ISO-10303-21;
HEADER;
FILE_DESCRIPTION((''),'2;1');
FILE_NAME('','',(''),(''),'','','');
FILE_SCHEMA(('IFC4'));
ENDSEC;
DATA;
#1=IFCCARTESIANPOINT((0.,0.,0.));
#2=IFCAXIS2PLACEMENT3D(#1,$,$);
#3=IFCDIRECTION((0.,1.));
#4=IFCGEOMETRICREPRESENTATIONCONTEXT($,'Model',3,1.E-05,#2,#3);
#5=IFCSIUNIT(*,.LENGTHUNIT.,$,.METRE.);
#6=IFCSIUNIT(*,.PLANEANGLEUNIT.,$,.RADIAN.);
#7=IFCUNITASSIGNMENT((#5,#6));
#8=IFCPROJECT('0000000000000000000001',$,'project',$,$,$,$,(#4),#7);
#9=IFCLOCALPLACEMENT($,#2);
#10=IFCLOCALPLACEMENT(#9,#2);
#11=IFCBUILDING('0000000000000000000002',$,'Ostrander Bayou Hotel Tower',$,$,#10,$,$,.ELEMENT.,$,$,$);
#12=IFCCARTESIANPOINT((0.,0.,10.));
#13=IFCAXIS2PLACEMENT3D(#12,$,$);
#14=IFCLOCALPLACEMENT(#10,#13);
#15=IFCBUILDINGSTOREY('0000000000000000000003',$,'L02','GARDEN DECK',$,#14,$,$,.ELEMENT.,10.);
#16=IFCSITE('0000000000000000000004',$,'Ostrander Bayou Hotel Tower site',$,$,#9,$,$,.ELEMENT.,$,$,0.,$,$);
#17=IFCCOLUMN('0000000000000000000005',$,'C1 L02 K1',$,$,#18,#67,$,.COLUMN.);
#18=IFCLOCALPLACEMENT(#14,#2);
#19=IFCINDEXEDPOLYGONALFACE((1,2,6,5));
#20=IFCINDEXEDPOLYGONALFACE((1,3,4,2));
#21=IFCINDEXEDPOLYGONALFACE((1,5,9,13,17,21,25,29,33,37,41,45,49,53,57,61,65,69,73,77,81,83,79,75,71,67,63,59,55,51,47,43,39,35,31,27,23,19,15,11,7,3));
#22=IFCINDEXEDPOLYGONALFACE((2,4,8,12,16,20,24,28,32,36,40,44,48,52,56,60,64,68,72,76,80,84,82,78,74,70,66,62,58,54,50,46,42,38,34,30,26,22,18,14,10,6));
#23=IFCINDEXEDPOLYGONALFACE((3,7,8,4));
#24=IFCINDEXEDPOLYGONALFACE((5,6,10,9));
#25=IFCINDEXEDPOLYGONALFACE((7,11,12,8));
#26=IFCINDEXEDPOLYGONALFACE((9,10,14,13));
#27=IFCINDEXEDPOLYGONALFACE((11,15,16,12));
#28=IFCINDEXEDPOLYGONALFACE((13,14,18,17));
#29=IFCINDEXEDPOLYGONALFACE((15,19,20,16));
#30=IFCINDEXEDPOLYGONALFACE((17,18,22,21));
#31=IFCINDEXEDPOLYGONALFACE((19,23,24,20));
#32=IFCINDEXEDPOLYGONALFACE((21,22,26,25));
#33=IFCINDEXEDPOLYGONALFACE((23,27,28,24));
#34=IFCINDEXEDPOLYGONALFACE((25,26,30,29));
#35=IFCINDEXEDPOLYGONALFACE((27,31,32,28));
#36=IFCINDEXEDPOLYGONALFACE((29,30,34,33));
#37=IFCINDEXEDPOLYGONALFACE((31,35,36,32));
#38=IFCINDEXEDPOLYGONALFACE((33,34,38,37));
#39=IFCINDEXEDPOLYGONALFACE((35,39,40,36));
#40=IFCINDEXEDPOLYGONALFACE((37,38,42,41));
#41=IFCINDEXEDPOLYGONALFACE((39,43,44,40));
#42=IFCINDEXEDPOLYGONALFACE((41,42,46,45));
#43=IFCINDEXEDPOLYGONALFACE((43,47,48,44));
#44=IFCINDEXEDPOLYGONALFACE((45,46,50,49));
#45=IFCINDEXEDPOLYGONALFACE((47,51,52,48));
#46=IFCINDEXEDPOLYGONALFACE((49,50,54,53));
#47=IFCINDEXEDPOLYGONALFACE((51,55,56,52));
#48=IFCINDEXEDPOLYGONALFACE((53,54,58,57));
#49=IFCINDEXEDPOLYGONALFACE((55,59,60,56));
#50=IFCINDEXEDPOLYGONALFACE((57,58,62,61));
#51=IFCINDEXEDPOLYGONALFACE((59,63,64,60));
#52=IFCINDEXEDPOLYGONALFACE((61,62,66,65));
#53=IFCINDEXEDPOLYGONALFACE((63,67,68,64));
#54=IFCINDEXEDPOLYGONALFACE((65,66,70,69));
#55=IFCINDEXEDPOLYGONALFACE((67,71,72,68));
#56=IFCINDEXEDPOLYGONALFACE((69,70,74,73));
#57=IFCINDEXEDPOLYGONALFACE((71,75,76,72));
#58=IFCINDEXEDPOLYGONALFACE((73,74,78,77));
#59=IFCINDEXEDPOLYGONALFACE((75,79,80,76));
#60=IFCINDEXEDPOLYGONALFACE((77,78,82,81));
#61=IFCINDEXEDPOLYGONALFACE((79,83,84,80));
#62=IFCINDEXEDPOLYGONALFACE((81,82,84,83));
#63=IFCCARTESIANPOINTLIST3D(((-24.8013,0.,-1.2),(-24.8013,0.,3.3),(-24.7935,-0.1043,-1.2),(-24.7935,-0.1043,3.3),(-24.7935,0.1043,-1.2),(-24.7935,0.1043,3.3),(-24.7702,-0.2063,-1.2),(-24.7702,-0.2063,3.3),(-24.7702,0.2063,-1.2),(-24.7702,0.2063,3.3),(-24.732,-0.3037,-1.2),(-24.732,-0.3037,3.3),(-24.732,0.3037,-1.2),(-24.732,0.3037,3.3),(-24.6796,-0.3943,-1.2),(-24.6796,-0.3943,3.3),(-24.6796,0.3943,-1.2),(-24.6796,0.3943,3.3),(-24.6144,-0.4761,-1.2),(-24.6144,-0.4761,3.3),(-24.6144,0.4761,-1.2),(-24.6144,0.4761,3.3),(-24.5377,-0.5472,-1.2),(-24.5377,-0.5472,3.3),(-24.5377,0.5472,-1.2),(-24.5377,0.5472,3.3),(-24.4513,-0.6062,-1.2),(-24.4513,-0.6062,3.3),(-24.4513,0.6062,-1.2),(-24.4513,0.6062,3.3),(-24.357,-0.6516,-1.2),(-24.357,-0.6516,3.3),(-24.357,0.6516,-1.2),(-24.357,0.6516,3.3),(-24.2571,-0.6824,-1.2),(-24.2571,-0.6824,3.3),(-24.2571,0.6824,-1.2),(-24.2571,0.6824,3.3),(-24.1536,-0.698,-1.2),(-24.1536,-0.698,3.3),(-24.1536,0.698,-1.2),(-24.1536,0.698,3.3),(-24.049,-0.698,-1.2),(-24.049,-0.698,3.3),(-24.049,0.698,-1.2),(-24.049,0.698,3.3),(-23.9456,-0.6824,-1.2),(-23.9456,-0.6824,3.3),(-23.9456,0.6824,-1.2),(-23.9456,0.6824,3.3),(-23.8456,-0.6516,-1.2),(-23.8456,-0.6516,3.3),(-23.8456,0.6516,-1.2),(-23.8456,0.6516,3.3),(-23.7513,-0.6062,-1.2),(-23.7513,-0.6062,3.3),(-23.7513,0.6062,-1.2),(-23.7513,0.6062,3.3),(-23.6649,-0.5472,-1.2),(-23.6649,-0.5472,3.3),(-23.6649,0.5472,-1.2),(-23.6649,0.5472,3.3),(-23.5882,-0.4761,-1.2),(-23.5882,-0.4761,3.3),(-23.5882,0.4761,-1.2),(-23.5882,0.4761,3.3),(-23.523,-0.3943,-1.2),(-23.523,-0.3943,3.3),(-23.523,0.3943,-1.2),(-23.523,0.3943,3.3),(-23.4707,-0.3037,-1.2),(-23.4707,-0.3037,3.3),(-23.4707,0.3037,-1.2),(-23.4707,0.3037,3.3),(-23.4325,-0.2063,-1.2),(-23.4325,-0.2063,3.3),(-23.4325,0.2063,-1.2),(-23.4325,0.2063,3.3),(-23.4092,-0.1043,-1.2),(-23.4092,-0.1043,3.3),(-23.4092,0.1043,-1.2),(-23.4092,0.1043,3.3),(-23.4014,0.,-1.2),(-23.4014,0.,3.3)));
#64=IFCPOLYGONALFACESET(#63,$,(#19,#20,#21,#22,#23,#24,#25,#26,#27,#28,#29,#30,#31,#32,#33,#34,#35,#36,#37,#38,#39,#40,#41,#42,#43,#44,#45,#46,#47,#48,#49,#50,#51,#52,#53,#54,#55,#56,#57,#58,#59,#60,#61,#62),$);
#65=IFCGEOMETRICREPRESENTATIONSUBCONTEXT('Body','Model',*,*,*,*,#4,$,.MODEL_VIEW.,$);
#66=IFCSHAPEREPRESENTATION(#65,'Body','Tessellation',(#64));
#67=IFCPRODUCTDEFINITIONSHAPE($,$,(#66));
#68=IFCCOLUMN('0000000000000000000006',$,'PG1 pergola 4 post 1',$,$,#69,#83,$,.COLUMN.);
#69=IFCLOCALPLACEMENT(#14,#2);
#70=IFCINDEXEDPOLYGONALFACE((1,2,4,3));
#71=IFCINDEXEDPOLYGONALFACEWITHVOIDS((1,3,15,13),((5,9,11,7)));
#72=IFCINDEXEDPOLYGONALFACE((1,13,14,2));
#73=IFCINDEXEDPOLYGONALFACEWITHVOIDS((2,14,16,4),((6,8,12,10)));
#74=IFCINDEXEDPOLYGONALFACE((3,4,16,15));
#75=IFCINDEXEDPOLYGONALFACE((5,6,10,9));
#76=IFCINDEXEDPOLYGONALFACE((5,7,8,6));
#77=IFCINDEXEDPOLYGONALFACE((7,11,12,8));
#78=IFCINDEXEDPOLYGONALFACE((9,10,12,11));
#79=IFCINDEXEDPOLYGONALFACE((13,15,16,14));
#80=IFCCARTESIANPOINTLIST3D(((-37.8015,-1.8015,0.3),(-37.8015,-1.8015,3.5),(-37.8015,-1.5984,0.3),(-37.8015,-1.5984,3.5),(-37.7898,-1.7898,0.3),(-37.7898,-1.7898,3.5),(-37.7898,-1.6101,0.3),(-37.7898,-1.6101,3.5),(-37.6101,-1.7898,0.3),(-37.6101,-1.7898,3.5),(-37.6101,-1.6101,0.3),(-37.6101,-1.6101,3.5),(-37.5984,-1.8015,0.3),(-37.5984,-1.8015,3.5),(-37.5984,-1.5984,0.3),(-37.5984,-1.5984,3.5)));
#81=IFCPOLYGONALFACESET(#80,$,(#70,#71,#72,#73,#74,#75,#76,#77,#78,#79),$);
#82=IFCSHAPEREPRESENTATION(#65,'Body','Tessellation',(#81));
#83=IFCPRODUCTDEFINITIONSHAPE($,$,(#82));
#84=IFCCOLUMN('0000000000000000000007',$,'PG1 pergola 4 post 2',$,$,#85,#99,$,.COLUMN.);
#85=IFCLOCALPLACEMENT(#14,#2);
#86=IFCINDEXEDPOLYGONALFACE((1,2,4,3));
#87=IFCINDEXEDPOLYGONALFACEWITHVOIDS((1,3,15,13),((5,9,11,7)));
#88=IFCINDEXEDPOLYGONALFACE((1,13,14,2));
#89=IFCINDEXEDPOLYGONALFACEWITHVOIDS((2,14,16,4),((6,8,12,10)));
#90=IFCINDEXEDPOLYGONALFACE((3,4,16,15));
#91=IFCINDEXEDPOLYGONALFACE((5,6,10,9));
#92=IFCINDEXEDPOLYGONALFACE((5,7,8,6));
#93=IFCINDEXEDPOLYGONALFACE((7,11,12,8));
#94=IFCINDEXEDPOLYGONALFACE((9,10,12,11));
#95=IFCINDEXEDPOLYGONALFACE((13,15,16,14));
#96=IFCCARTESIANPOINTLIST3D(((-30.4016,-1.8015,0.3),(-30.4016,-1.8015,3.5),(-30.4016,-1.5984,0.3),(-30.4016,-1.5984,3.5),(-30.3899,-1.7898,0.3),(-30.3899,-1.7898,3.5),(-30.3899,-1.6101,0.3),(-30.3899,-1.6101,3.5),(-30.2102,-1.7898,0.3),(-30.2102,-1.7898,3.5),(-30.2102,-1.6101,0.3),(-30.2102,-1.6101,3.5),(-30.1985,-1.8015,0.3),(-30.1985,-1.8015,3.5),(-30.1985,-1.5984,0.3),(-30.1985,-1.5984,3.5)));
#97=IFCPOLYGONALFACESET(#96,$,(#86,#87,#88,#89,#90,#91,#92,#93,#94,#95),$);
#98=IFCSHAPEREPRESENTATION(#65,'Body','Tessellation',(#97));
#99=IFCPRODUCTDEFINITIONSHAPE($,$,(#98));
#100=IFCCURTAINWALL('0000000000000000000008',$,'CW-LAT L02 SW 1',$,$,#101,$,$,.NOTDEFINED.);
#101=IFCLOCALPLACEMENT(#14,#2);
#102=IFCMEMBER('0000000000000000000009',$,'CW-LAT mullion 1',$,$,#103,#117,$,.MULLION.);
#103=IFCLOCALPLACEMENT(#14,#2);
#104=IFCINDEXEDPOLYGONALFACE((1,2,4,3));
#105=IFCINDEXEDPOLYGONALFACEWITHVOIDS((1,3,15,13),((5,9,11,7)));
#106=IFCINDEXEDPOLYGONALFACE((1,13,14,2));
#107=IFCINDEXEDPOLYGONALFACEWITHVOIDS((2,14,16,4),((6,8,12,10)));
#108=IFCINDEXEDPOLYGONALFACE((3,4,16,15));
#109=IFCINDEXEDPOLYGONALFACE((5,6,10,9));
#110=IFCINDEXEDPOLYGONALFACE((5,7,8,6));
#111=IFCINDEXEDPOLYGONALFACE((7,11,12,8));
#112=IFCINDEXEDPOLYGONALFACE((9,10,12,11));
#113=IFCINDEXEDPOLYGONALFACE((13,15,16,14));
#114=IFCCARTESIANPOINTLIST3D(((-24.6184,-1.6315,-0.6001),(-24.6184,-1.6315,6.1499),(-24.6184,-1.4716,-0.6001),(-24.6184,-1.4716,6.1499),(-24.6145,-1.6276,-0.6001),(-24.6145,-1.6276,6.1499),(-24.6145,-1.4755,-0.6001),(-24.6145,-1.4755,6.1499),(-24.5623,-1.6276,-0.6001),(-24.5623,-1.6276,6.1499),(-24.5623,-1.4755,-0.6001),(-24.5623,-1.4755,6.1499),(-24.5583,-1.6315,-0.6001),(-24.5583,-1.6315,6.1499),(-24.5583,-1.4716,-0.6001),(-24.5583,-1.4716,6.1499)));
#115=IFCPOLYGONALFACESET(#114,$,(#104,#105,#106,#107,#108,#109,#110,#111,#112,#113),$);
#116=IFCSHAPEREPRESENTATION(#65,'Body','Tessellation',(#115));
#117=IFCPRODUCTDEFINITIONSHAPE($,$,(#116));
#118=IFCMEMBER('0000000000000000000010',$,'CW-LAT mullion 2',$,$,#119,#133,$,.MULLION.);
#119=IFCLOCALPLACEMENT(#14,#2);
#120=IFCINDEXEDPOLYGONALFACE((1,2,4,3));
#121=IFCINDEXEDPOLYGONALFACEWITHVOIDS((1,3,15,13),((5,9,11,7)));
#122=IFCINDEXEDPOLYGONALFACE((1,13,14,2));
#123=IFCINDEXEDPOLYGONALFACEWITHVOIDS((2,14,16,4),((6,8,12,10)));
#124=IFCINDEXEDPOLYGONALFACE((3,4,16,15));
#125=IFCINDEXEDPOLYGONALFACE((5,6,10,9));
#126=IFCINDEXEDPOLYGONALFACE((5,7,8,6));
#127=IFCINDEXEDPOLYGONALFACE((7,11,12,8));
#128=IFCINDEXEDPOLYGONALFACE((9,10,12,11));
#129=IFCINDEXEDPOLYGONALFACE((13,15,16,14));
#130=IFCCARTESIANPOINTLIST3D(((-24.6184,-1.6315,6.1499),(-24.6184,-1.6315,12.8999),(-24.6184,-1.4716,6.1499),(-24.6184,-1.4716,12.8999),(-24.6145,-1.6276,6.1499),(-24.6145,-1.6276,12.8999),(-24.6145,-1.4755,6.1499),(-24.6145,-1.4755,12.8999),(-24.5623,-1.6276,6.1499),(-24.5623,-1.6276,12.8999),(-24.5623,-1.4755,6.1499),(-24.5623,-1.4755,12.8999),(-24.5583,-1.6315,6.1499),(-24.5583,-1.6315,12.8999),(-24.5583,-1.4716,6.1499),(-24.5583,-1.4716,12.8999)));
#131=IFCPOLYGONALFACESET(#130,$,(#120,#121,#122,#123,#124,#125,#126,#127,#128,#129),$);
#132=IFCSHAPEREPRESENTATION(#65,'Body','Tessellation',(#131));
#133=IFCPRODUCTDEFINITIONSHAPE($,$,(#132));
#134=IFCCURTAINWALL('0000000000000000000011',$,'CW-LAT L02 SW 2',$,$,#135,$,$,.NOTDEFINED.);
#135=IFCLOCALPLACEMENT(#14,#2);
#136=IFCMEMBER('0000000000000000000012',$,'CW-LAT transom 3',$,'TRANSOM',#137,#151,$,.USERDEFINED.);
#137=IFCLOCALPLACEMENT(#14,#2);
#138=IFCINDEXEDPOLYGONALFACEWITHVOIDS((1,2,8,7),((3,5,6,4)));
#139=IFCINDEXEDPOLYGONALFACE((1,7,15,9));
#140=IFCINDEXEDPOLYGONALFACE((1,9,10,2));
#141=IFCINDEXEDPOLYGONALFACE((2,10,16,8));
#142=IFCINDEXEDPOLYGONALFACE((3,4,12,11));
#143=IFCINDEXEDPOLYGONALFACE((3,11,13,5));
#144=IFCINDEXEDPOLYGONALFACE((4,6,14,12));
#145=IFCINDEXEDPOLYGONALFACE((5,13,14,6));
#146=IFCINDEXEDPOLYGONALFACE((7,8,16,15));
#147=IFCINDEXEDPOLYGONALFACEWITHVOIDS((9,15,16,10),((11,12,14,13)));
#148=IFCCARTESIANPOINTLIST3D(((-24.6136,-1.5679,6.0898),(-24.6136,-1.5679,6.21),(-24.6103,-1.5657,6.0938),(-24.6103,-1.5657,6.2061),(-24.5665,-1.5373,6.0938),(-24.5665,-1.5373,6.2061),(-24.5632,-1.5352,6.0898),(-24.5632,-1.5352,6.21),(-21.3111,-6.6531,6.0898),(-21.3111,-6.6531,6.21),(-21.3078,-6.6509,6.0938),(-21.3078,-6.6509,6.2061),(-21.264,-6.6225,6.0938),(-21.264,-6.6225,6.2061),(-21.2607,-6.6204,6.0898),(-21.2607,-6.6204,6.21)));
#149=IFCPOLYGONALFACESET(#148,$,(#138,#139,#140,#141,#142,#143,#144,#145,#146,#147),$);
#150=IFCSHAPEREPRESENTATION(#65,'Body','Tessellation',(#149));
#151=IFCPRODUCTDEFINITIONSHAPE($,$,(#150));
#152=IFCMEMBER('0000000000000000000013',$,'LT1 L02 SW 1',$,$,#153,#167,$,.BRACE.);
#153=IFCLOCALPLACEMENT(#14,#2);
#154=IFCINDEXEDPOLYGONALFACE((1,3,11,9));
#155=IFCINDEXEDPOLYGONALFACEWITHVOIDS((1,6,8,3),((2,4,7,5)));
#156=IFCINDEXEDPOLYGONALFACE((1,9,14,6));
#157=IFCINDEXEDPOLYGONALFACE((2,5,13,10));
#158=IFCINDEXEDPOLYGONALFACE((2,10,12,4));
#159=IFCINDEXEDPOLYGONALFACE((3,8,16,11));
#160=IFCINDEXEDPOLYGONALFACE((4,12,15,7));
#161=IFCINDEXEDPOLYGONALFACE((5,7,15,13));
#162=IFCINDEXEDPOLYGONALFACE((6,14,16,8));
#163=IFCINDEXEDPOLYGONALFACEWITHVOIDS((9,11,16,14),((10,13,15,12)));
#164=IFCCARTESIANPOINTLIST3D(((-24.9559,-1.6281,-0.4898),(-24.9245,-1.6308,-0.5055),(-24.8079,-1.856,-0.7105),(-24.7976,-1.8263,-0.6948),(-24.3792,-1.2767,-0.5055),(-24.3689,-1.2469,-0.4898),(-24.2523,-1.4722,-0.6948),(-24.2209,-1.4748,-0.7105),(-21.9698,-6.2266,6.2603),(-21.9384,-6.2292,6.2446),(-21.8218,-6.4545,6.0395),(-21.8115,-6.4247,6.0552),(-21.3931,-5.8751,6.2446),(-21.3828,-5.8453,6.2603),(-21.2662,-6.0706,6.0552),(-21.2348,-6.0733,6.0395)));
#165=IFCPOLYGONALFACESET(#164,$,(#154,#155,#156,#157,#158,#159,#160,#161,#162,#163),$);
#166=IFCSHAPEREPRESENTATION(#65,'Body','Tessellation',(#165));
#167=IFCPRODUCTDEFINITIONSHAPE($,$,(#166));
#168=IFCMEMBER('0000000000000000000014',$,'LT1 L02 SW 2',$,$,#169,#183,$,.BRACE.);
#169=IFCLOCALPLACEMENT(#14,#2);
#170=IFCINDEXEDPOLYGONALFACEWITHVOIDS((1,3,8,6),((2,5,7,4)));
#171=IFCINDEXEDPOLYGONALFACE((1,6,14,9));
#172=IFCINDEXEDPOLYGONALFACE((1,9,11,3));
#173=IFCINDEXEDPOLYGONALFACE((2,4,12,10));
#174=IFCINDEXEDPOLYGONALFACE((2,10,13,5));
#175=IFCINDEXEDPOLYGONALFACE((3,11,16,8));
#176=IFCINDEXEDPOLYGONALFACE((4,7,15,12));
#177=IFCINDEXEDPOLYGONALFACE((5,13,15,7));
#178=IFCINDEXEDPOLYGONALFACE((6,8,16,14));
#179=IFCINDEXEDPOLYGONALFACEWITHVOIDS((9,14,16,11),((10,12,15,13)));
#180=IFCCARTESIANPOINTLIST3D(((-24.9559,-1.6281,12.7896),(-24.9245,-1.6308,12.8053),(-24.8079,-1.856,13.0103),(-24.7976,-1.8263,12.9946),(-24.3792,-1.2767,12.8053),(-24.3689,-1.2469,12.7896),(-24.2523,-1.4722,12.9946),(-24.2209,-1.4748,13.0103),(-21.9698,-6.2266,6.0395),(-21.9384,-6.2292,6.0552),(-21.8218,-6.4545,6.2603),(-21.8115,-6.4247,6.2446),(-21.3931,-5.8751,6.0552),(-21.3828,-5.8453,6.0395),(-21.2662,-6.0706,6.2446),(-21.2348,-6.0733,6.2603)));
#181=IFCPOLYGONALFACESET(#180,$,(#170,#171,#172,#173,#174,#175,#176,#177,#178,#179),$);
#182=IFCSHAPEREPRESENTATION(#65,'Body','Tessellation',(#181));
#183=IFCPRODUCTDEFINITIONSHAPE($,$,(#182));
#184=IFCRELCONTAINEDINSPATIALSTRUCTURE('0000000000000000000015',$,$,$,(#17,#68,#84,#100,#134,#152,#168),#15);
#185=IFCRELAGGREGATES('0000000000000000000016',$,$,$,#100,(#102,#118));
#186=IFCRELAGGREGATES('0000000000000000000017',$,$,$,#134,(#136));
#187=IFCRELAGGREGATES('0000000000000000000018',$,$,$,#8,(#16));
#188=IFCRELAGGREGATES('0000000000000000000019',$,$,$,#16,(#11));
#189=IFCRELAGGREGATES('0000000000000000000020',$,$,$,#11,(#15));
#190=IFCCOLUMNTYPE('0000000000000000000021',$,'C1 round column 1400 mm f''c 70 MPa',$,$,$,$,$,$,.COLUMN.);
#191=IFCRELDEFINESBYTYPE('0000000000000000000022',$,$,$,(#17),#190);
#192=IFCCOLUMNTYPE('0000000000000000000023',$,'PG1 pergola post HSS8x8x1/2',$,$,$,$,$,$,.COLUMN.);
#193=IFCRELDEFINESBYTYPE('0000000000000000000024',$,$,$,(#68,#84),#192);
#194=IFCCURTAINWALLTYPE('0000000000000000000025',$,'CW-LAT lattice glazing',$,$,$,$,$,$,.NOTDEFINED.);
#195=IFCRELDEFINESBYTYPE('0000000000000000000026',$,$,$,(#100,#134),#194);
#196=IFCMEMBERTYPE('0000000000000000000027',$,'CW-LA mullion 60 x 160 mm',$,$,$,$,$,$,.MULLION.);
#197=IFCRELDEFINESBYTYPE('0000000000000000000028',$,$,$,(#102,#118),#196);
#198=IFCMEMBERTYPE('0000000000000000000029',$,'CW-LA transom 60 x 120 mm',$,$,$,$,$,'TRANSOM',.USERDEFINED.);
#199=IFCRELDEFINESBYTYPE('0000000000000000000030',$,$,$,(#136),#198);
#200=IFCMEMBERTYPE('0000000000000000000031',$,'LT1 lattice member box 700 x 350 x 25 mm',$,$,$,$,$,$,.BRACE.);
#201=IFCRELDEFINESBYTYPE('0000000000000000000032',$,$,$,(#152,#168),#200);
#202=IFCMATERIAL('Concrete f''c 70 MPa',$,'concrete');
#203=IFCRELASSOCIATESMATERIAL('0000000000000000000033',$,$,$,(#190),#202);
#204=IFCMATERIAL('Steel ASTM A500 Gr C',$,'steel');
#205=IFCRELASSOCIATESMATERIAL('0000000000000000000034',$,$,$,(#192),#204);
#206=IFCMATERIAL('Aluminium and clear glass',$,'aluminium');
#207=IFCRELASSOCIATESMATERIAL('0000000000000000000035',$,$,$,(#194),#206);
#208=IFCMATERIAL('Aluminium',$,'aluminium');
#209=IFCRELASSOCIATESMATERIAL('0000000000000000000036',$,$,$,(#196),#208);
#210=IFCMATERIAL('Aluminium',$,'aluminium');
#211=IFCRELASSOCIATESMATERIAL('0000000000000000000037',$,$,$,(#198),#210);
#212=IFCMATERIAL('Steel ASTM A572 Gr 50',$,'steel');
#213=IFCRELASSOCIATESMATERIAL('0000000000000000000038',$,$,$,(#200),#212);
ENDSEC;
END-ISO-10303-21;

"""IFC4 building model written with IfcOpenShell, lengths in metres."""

from ifc_helpers import new_model, si_unit, direction, frame, origin, origin_2d, place, context, subcontext, project, spatial, hollow_rectangle, circle, extrude, material, material_profile, profile_set, type_object, element, aggregate, save


model = new_model("IFC4")

# Units and contexts
model_context = context("Model", 3, precision=1e-05, world=origin(), true_north=direction((0.0, 1.0)))
body_context = subcontext(model_context, "Body", "Model", "MODEL_VIEW")
ifc_project = project(units=[si_unit("LENGTHUNIT", "METRE"), si_unit("PLANEANGLEUNIT", "RADIAN")], contexts=[model_context])

# Site, building, storey
site_placement = place(None, origin())
site = spatial("IfcSite", under=ifc_project, at=site_placement, Name="Ostrander Bayou Hotel Tower site", CompositionType="ELEMENT", RefElevation=0.0)
building_placement = place(site_placement, origin())
building = spatial("IfcBuilding", under=site, at=building_placement, Name="Ostrander Bayou Hotel Tower", CompositionType="ELEMENT")
storey_placement = place(building_placement, frame((0.0, 0.0, 10.0)))
storey = spatial("IfcBuildingStorey", under=building, at=storey_placement, Name="L02", Description="GARDEN DECK", CompositionType="ELEMENT", Elevation=10.0)

# Columns
ifc_material_1 = material(Name="Concrete f'c 70 MPa", Category="concrete")
ifc_material_profile_1 = material_profile(ifc_material_1, circle(Radius=0.7, at=origin_2d()))
ifc_profile_set_1 = profile_set([ifc_material_profile_1], Name="Concrete f'c 70 MPa")
column_type_1 = type_object("IfcColumnType", Name="C1 round column 1400 mm f'c 70 MPa", PredefinedType="COLUMN", material=ifc_profile_set_1)
column_placement = place(storey_placement, frame((-24.1013, 0.0, -1.2), z_axis=(0.0, 0.0, 1.0), x_axis=(1.0, 0.0, 0.0)))
element("IfcColumn", 1, at=column_placement, inside=storey, type_object=column_type_1, Name="C1 L02 K1", PredefinedType="COLUMN", context=body_context, shape_type="SweptSolid", body=[
    extrude(circle(Radius=0.7, at=origin_2d()), origin(), (0.0, 0.0, 1.0), 4.5),
])
ifc_material_2 = material(Name="Steel ASTM A500 Gr C", Category="steel")
ifc_material_profile_2 = material_profile(ifc_material_2, hollow_rectangle(XDim=0.2031, YDim=0.2031, WallThickness=0.0117, at=origin_2d()))
ifc_profile_set_2 = profile_set([ifc_material_profile_2], Name="Steel ASTM A500 Gr C")
column_type_2 = type_object("IfcColumnType", Name="PG1 pergola post HSS8x8x1/2", PredefinedType="COLUMN", material=ifc_profile_set_2)
for number, where, z_axis, x_axis, name in (
    (2, (-37.7, -1.7, 0.3), (0.0, 0.0, 1.0), (1.0, 0.0, 0.0), "PG1 pergola 4 post 1"),
    (3, (-30.3, -1.7, 0.3), (0.0, 0.0, 1.0), (1.0, 0.0, 0.0), "PG1 pergola 4 post 2"),
):
    element("IfcColumn", number, at=place(storey_placement, frame(where, z_axis=z_axis, x_axis=x_axis)), inside=storey, type_object=column_type_2, Name=name, PredefinedType="COLUMN", context=body_context, shape_type="SweptSolid", body=[
        extrude(hollow_rectangle(XDim=0.2031, YDim=0.2031, WallThickness=0.0117, at=origin_2d()), origin(), (0.0, 0.0, 1.0), 3.2),
    ])

# Curtain wall, members
ifc_material_3 = material(Name="Aluminium and clear glass", Category="aluminium")
curtain_wall_type = type_object("IfcCurtainWallType", Name="CW-LAT lattice glazing", PredefinedType="NOTDEFINED", material=ifc_material_3)
curtain_wall_1_placement = place(storey_placement, origin())
curtain_wall_1 = element("IfcCurtainWall", 4, at=curtain_wall_1_placement, inside=storey, type_object=curtain_wall_type, Name="CW-LAT L02 SW 1", PredefinedType="NOTDEFINED")
ifc_material_4 = material(Name="Aluminium", Category="aluminium")
ifc_material_profile_3 = material_profile(ifc_material_4, hollow_rectangle(XDim=0.0601, YDim=0.1599, WallThickness=0.0039, at=origin_2d()))
ifc_profile_set_3 = profile_set([ifc_material_profile_3], Name="Aluminium")
member_type_1 = type_object("IfcMemberType", Name="CW-LA mullion 60 x 160 mm", PredefinedType="MULLION", material=ifc_profile_set_3)
member_1_placement = place(storey_placement, frame((-24.5884, -1.5515, -0.6001), z_axis=(0.0, 0.0, 1.0), x_axis=(1.0, 0.0, 0.0)))
member_1 = element("IfcMember", 5, at=member_1_placement, type_object=member_type_1, Name="CW-LAT mullion 1", PredefinedType="MULLION", context=body_context, shape_type="SweptSolid", body=[
    extrude(hollow_rectangle(XDim=0.0601, YDim=0.1599, WallThickness=0.0039, at=origin_2d()), origin(), (0.0, 0.0, 1.0), 6.75),
])
member_2_placement = place(storey_placement, frame((-24.5884, -1.5515, 6.1499), z_axis=(0.0, 0.0, 1.0), x_axis=(1.0, 0.0, 0.0)))
member_2 = element("IfcMember", 6, at=member_2_placement, type_object=member_type_1, Name="CW-LAT mullion 2", PredefinedType="MULLION", context=body_context, shape_type="SweptSolid", body=[
    extrude(hollow_rectangle(XDim=0.0601, YDim=0.1599, WallThickness=0.0039, at=origin_2d()), origin(), (0.0, 0.0, 1.0), 6.75),
])
aggregate(curtain_wall_1, [member_1, member_2])

# Curtain wall, member
curtain_wall_2_placement = place(storey_placement, origin())
curtain_wall_2 = element("IfcCurtainWall", 7, at=curtain_wall_2_placement, inside=storey, type_object=curtain_wall_type, Name="CW-LAT L02 SW 2", PredefinedType="NOTDEFINED")
ifc_material_5 = material(Name="Aluminium", Category="aluminium")
ifc_material_profile_4 = material_profile(ifc_material_5, hollow_rectangle(XDim=0.0601, YDim=0.1201, WallThickness=0.0039, at=origin_2d()))
ifc_profile_set_4 = profile_set([ifc_material_profile_4], Name="Aluminium")
member_type_2 = type_object("IfcMemberType", Name="CW-LA transom 60 x 120 mm", ElementType="TRANSOM", PredefinedType="USERDEFINED", material=ifc_profile_set_4)
member_3_placement = place(storey_placement, frame((-24.5884, -1.5515, 6.1499), z_axis=(0.544653, -0.838662, 0.0), x_axis=(0.838662, 0.544653, 0.0)))
member_3 = element("IfcMember", 8, at=member_3_placement, type_object=member_type_2, Name="CW-LAT transom 3", ObjectType="TRANSOM", PredefinedType="USERDEFINED", context=body_context, shape_type="SweptSolid", body=[
    extrude(hollow_rectangle(XDim=0.0601, YDim=0.1201, WallThickness=0.0039, at=origin_2d()), origin(), (0.0, 0.0, 1.0), 6.0635),
])
aggregate(curtain_wall_2, [member_3])

# Members
ifc_material_6 = material(Name="Steel ASTM A572 Gr 50", Category="steel")
ifc_material_profile_5 = material_profile(ifc_material_6, hollow_rectangle(XDim=0.7, YDim=0.3501, WallThickness=0.0249, at=origin_2d()))
ifc_profile_set_5 = profile_set([ifc_material_profile_5], Name="Steel ASTM A572 Gr 50")
member_type_3 = type_object("IfcMemberType", Name="LT1 lattice member box 700 x 350 x 25 mm", PredefinedType="BRACE", material=ifc_profile_set_5)
for number, where, z_axis, x_axis, name in (
    (9, (-21.6023, -6.1499, 6.1499), (-0.343377, 0.52878, -0.776199), (-0.838683, -0.54462, 0.0), "LT1 L02 SW 1"),
    (10, (-21.6023, -6.1499, 6.1499), (-0.343377, 0.52878, 0.776199), (-0.838683, -0.54462, 0.0), "LT1 L02 SW 2"),
):
    element("IfcMember", number, at=place(storey_placement, frame(where, z_axis=z_axis, x_axis=x_axis)), inside=storey, type_object=member_type_3, Name=name, PredefinedType="BRACE", context=body_context, shape_type="SweptSolid", body=[
        extrude(hollow_rectangle(XDim=0.7, YDim=0.3501, WallThickness=0.0249, at=origin_2d()), origin(), (0.0, 0.0, 1.0), 8.6963),
    ])

save(model, "model.ifc")
